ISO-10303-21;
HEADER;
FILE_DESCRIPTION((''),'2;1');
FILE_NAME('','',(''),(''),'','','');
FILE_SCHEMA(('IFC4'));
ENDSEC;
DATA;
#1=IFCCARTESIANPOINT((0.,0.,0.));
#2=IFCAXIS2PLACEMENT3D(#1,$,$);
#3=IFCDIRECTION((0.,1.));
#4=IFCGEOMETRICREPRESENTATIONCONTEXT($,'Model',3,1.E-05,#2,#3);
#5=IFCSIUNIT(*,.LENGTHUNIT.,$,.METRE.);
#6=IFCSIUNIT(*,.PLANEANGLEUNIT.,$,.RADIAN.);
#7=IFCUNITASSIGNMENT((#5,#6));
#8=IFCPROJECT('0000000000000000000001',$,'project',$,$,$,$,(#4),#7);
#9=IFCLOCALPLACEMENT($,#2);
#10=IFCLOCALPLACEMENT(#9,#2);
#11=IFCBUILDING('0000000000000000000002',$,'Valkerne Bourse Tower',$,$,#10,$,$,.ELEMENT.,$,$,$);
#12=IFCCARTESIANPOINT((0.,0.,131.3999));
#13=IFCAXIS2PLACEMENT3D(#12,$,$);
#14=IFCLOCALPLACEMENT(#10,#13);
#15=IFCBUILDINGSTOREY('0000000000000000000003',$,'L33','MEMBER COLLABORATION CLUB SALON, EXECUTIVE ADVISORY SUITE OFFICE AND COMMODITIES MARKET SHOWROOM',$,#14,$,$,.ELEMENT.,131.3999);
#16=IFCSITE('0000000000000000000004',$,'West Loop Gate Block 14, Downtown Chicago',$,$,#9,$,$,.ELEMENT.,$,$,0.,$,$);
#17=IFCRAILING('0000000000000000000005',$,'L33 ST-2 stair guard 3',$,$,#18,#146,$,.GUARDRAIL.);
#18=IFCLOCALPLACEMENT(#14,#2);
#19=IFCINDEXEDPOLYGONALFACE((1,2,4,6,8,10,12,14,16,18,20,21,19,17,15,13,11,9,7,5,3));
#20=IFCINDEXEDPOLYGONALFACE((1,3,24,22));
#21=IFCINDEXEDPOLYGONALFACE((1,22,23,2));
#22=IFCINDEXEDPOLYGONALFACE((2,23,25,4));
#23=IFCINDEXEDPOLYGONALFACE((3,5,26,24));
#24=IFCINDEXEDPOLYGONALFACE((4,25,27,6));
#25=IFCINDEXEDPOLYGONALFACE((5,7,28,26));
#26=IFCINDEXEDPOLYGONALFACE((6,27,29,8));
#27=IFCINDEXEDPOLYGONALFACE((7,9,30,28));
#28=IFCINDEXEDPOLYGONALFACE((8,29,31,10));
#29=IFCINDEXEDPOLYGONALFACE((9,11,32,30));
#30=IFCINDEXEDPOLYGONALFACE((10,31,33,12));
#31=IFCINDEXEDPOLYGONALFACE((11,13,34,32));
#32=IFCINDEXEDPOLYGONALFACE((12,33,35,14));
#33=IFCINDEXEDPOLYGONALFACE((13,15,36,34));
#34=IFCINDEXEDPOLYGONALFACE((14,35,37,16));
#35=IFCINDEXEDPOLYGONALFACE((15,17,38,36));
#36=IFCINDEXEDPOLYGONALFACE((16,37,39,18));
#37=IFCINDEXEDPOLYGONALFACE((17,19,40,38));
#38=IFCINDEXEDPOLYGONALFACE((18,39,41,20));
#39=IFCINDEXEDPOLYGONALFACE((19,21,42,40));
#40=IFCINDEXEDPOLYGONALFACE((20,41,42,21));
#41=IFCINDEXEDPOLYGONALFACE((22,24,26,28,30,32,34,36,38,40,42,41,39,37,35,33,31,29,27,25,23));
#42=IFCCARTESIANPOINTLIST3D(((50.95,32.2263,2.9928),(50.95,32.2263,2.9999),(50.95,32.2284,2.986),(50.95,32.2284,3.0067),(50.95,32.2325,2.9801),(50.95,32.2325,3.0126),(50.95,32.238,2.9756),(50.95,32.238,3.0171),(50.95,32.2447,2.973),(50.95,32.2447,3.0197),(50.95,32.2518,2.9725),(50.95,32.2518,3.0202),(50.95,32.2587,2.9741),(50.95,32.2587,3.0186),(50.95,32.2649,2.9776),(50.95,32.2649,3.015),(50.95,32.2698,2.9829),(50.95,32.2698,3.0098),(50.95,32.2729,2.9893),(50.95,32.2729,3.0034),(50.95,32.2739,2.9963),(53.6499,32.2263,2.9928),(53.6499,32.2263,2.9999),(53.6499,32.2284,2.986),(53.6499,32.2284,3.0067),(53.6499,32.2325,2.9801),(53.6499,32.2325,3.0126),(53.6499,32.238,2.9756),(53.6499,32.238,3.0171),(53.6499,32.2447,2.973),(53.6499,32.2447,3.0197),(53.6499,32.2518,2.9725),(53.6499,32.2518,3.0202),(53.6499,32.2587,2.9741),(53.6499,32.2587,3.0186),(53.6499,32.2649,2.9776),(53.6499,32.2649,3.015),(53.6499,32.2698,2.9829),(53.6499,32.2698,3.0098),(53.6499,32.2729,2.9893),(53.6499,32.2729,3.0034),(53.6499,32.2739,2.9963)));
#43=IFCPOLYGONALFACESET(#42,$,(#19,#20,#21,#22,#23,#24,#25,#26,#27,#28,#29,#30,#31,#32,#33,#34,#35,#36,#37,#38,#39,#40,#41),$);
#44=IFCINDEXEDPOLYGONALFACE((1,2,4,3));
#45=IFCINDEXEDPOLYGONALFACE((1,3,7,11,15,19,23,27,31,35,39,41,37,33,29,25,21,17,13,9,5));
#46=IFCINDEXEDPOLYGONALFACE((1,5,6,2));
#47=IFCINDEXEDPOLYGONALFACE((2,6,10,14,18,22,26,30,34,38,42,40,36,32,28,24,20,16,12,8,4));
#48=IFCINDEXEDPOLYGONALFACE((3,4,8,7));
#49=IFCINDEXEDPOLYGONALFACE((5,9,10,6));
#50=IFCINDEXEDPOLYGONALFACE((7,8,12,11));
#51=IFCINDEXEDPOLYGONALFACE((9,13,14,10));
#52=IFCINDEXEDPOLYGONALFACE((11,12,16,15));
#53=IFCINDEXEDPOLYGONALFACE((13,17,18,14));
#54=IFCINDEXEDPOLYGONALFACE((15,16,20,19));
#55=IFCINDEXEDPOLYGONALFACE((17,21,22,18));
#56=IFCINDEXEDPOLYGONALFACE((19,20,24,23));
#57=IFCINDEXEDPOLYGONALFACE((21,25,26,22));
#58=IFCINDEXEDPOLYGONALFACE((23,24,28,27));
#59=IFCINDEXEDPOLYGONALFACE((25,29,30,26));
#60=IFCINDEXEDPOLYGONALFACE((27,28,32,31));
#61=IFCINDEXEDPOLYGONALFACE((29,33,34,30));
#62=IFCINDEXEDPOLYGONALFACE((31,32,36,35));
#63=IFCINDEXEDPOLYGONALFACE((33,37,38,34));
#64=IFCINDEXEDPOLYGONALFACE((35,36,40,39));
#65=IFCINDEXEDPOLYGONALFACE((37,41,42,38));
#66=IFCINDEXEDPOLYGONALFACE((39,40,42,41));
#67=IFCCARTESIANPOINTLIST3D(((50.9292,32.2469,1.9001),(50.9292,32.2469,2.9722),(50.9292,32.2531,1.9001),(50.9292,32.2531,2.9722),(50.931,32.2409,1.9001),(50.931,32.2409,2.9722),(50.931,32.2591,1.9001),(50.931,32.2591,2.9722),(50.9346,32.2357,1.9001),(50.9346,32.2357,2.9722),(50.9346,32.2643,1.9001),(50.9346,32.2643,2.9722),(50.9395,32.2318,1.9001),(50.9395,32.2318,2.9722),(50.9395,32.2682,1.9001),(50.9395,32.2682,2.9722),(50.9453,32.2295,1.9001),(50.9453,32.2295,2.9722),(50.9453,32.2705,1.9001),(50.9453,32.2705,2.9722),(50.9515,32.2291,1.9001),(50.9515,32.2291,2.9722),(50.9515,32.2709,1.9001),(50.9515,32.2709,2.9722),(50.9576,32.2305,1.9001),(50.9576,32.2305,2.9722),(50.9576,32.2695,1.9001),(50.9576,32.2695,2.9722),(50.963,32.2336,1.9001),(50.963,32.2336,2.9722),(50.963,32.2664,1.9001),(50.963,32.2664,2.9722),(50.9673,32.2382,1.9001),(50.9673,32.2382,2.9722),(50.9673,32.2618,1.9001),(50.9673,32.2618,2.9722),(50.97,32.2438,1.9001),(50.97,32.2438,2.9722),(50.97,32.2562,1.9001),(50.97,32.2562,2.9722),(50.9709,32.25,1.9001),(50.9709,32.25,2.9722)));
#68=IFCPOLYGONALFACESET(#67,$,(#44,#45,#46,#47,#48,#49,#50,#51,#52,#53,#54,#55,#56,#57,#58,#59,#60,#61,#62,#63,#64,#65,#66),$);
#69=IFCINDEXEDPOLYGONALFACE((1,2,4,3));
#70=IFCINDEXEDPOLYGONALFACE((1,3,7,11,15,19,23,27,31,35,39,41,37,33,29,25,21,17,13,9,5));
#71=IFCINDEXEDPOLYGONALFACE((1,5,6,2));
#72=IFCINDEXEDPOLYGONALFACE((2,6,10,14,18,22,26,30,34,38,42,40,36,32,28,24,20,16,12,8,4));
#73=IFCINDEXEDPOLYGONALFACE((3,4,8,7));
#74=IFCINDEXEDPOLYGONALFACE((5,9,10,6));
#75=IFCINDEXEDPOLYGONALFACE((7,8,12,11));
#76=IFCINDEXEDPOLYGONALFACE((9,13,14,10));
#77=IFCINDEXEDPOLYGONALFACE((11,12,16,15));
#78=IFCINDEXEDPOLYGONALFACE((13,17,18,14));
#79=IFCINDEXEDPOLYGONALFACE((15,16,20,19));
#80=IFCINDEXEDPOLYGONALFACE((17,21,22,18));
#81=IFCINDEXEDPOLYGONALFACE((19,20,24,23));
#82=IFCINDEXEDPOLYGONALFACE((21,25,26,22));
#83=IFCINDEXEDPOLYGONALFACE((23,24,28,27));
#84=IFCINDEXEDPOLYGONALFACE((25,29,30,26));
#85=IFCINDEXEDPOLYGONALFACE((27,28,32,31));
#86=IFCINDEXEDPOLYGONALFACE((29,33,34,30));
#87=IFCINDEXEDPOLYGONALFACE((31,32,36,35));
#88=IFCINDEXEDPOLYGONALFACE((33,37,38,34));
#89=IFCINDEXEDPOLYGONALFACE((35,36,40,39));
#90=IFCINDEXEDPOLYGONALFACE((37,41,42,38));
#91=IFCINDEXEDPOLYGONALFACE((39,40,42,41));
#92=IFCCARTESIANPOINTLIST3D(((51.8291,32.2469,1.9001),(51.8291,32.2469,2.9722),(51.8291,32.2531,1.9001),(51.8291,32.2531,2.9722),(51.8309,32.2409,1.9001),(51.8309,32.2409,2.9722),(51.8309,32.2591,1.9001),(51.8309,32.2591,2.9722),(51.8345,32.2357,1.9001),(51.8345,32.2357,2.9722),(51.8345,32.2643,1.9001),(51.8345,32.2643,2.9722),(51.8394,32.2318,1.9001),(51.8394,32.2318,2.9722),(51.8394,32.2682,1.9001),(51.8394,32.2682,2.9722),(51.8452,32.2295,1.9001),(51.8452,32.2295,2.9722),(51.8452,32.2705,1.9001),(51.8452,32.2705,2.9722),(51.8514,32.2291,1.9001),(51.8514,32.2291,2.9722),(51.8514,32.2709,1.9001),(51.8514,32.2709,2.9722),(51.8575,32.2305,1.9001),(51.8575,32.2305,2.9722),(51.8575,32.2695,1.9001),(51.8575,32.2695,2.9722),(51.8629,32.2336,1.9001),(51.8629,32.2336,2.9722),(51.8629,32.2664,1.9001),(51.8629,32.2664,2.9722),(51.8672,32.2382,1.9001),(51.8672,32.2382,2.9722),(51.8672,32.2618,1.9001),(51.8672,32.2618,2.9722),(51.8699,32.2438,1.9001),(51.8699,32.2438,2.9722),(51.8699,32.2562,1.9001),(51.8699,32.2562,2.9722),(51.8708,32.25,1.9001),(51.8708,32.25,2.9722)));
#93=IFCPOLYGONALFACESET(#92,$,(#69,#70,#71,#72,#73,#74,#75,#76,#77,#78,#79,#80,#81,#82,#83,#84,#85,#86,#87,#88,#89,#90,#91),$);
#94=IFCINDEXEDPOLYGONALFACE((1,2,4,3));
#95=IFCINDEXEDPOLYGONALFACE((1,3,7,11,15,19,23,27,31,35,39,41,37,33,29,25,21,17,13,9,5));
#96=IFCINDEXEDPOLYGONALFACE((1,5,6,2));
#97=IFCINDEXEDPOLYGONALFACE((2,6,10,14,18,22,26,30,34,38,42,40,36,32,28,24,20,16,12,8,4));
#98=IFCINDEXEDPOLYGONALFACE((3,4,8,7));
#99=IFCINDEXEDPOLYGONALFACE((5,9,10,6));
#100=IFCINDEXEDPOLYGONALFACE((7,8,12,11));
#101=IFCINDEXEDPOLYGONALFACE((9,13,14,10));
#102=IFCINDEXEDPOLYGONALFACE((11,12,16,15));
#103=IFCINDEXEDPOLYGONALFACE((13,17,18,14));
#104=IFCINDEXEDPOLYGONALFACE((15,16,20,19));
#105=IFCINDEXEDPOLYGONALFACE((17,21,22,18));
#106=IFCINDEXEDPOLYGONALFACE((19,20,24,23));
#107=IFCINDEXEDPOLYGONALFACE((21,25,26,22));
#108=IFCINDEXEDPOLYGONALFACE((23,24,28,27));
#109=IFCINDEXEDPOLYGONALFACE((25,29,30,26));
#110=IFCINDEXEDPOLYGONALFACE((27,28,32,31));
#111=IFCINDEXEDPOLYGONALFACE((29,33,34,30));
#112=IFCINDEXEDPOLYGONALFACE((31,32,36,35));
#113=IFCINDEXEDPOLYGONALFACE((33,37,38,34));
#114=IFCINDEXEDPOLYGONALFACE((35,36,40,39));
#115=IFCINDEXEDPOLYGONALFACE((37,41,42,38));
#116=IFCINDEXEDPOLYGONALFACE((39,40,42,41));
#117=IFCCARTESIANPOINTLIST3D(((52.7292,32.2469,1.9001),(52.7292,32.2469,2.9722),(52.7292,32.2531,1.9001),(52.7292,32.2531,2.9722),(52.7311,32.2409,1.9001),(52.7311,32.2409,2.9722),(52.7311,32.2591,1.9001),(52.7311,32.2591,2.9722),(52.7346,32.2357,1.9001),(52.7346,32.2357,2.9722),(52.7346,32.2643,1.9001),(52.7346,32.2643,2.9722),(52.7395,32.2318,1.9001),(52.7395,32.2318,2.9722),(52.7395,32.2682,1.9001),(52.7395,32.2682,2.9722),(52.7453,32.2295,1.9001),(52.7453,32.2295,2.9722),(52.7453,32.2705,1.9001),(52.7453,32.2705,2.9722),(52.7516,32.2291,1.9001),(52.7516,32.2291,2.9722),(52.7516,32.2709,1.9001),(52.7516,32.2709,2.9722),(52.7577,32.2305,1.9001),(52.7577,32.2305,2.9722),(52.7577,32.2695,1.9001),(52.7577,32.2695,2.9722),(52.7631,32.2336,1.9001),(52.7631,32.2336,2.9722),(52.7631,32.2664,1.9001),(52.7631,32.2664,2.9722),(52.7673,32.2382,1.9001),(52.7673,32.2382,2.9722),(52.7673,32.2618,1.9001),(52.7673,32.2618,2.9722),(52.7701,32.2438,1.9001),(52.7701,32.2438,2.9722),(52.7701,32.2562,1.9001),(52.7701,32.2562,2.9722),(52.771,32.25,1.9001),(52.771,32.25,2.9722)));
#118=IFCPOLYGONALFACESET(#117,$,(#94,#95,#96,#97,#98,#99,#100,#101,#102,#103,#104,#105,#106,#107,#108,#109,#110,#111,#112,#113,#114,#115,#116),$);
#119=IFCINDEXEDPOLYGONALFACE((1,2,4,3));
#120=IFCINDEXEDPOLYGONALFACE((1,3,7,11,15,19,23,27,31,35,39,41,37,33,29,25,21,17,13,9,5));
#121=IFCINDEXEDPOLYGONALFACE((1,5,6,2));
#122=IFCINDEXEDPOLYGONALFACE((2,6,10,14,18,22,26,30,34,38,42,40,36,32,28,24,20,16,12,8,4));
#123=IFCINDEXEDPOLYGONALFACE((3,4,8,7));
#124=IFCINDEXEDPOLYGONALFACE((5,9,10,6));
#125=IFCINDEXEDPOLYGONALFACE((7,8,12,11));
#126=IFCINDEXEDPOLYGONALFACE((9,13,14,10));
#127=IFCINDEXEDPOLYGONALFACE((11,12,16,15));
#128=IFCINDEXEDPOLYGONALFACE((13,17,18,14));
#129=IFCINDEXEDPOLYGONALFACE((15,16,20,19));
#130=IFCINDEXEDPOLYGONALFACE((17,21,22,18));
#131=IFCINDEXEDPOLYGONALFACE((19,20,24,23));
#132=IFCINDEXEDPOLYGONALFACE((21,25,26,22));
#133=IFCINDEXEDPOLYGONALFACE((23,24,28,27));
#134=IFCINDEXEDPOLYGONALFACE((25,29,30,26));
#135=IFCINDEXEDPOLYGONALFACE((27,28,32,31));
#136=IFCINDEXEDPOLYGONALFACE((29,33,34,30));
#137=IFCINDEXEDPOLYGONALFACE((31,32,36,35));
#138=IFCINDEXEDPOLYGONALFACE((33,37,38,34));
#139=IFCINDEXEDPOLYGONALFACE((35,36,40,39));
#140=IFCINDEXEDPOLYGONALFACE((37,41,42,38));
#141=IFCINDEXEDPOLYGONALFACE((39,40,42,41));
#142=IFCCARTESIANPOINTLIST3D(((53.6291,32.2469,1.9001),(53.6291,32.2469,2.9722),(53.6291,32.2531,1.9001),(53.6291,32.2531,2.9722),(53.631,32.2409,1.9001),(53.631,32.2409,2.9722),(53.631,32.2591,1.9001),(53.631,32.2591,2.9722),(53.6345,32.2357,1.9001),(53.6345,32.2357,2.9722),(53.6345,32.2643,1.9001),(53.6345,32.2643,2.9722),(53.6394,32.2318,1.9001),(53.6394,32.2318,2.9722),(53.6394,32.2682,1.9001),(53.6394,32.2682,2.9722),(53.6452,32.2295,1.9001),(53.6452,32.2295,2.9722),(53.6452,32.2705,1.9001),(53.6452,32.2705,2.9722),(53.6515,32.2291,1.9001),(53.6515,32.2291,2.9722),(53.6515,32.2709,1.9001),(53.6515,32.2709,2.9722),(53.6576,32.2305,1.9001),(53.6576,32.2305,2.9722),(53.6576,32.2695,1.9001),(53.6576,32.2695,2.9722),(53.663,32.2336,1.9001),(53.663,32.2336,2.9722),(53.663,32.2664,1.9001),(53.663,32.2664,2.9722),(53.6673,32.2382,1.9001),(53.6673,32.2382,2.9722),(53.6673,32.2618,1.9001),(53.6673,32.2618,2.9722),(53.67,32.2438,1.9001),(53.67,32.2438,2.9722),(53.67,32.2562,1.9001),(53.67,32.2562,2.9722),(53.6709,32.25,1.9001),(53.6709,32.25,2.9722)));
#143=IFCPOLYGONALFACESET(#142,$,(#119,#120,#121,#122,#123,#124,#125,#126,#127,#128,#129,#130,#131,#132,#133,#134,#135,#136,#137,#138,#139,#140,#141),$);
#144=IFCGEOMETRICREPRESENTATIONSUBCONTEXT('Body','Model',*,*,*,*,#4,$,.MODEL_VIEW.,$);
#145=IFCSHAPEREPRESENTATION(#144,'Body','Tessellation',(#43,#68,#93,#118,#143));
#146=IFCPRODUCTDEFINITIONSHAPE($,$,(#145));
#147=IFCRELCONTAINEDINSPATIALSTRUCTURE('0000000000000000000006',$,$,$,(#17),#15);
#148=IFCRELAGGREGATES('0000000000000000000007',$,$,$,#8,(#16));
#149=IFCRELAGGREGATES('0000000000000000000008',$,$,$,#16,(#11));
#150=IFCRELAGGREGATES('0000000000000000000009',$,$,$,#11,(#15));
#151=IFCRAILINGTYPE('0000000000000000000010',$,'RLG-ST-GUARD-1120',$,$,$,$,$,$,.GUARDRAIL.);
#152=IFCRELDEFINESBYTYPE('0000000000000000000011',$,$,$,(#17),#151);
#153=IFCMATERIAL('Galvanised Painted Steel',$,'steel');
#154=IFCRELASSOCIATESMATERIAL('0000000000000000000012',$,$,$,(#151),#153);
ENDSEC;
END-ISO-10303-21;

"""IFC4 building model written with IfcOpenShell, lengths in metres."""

from ifc_helpers import new_model, si_unit, direction, frame, origin, origin_2d, place, context, subcontext, project, spatial, circle, extrude, material, type_object, element, save


model = new_model("IFC4")

# Units and contexts
model_context = context("Model", 3, precision=1e-05, world=origin(), true_north=direction((0.0, 1.0)))
body_context = subcontext(model_context, "Body", "Model", "MODEL_VIEW")
ifc_project = project(units=[si_unit("LENGTHUNIT", "METRE"), si_unit("PLANEANGLEUNIT", "RADIAN")], contexts=[model_context])

# Site, building, storey
site_placement = place(None, origin())
site = spatial("IfcSite", under=ifc_project, at=site_placement, Name="West Loop Gate Block 14, Downtown Chicago", CompositionType="ELEMENT", RefElevation=0.0)
building_placement = place(site_placement, origin())
building = spatial("IfcBuilding", under=site, at=building_placement, Name="Valkerne Bourse Tower", CompositionType="ELEMENT")
storey_placement = place(building_placement, frame((0.0, 0.0, 131.3999)))
storey = spatial("IfcBuildingStorey", under=building, at=storey_placement, Name="L33", Description="MEMBER COLLABORATION CLUB SALON, EXECUTIVE ADVISORY SUITE OFFICE AND COMMODITIES MARKET SHOWROOM", CompositionType="ELEMENT", Elevation=131.3999)

# Shared definitions
ifc_material_1 = material(Name="Galvanised Painted Steel", Category="steel")

# Railing
railing_type_1 = type_object("IfcRailingType", Name="RLG-ST-GUARD-1120", PredefinedType="GUARDRAIL", material=ifc_material_1)
for number, where, name in (
    (1, (50.95, 32.25, 1.9001), "L33 ST-2 stair guard 3"),
):
    element("IfcRailing", number, at=place(storey_placement, frame(where)), inside=storey, type_object=railing_type_1, Name=name, PredefinedType="GUARDRAIL", context=body_context, shape_type="SweptSolid", body=[
        extrude(circle(Radius=0.0239, at=origin_2d()), frame((0.0, 0.0, 1.0962), z_axis=(1.0, 0.0, 0.0), x_axis=(0.0, 1.0, 0.0)), (0.0, 0.0, 1.0), 2.7),
        extrude(circle(Radius=0.021, at=origin_2d()), origin(), (0.0, 0.0, 1.0), 1.072),
        extrude(circle(Radius=0.021, at=origin_2d()), frame((0.8999, 0.0, 0.0)), (0.0, 0.0, 1.0), 1.072),
        extrude(circle(Radius=0.021, at=origin_2d()), frame((1.8, 0.0, 0.0)), (0.0, 0.0, 1.0), 1.072),
        extrude(circle(Radius=0.021, at=origin_2d()), frame((2.7, 0.0, 0.0)), (0.0, 0.0, 1.0), 1.072),
    ])

save(model, "model.ifc")
